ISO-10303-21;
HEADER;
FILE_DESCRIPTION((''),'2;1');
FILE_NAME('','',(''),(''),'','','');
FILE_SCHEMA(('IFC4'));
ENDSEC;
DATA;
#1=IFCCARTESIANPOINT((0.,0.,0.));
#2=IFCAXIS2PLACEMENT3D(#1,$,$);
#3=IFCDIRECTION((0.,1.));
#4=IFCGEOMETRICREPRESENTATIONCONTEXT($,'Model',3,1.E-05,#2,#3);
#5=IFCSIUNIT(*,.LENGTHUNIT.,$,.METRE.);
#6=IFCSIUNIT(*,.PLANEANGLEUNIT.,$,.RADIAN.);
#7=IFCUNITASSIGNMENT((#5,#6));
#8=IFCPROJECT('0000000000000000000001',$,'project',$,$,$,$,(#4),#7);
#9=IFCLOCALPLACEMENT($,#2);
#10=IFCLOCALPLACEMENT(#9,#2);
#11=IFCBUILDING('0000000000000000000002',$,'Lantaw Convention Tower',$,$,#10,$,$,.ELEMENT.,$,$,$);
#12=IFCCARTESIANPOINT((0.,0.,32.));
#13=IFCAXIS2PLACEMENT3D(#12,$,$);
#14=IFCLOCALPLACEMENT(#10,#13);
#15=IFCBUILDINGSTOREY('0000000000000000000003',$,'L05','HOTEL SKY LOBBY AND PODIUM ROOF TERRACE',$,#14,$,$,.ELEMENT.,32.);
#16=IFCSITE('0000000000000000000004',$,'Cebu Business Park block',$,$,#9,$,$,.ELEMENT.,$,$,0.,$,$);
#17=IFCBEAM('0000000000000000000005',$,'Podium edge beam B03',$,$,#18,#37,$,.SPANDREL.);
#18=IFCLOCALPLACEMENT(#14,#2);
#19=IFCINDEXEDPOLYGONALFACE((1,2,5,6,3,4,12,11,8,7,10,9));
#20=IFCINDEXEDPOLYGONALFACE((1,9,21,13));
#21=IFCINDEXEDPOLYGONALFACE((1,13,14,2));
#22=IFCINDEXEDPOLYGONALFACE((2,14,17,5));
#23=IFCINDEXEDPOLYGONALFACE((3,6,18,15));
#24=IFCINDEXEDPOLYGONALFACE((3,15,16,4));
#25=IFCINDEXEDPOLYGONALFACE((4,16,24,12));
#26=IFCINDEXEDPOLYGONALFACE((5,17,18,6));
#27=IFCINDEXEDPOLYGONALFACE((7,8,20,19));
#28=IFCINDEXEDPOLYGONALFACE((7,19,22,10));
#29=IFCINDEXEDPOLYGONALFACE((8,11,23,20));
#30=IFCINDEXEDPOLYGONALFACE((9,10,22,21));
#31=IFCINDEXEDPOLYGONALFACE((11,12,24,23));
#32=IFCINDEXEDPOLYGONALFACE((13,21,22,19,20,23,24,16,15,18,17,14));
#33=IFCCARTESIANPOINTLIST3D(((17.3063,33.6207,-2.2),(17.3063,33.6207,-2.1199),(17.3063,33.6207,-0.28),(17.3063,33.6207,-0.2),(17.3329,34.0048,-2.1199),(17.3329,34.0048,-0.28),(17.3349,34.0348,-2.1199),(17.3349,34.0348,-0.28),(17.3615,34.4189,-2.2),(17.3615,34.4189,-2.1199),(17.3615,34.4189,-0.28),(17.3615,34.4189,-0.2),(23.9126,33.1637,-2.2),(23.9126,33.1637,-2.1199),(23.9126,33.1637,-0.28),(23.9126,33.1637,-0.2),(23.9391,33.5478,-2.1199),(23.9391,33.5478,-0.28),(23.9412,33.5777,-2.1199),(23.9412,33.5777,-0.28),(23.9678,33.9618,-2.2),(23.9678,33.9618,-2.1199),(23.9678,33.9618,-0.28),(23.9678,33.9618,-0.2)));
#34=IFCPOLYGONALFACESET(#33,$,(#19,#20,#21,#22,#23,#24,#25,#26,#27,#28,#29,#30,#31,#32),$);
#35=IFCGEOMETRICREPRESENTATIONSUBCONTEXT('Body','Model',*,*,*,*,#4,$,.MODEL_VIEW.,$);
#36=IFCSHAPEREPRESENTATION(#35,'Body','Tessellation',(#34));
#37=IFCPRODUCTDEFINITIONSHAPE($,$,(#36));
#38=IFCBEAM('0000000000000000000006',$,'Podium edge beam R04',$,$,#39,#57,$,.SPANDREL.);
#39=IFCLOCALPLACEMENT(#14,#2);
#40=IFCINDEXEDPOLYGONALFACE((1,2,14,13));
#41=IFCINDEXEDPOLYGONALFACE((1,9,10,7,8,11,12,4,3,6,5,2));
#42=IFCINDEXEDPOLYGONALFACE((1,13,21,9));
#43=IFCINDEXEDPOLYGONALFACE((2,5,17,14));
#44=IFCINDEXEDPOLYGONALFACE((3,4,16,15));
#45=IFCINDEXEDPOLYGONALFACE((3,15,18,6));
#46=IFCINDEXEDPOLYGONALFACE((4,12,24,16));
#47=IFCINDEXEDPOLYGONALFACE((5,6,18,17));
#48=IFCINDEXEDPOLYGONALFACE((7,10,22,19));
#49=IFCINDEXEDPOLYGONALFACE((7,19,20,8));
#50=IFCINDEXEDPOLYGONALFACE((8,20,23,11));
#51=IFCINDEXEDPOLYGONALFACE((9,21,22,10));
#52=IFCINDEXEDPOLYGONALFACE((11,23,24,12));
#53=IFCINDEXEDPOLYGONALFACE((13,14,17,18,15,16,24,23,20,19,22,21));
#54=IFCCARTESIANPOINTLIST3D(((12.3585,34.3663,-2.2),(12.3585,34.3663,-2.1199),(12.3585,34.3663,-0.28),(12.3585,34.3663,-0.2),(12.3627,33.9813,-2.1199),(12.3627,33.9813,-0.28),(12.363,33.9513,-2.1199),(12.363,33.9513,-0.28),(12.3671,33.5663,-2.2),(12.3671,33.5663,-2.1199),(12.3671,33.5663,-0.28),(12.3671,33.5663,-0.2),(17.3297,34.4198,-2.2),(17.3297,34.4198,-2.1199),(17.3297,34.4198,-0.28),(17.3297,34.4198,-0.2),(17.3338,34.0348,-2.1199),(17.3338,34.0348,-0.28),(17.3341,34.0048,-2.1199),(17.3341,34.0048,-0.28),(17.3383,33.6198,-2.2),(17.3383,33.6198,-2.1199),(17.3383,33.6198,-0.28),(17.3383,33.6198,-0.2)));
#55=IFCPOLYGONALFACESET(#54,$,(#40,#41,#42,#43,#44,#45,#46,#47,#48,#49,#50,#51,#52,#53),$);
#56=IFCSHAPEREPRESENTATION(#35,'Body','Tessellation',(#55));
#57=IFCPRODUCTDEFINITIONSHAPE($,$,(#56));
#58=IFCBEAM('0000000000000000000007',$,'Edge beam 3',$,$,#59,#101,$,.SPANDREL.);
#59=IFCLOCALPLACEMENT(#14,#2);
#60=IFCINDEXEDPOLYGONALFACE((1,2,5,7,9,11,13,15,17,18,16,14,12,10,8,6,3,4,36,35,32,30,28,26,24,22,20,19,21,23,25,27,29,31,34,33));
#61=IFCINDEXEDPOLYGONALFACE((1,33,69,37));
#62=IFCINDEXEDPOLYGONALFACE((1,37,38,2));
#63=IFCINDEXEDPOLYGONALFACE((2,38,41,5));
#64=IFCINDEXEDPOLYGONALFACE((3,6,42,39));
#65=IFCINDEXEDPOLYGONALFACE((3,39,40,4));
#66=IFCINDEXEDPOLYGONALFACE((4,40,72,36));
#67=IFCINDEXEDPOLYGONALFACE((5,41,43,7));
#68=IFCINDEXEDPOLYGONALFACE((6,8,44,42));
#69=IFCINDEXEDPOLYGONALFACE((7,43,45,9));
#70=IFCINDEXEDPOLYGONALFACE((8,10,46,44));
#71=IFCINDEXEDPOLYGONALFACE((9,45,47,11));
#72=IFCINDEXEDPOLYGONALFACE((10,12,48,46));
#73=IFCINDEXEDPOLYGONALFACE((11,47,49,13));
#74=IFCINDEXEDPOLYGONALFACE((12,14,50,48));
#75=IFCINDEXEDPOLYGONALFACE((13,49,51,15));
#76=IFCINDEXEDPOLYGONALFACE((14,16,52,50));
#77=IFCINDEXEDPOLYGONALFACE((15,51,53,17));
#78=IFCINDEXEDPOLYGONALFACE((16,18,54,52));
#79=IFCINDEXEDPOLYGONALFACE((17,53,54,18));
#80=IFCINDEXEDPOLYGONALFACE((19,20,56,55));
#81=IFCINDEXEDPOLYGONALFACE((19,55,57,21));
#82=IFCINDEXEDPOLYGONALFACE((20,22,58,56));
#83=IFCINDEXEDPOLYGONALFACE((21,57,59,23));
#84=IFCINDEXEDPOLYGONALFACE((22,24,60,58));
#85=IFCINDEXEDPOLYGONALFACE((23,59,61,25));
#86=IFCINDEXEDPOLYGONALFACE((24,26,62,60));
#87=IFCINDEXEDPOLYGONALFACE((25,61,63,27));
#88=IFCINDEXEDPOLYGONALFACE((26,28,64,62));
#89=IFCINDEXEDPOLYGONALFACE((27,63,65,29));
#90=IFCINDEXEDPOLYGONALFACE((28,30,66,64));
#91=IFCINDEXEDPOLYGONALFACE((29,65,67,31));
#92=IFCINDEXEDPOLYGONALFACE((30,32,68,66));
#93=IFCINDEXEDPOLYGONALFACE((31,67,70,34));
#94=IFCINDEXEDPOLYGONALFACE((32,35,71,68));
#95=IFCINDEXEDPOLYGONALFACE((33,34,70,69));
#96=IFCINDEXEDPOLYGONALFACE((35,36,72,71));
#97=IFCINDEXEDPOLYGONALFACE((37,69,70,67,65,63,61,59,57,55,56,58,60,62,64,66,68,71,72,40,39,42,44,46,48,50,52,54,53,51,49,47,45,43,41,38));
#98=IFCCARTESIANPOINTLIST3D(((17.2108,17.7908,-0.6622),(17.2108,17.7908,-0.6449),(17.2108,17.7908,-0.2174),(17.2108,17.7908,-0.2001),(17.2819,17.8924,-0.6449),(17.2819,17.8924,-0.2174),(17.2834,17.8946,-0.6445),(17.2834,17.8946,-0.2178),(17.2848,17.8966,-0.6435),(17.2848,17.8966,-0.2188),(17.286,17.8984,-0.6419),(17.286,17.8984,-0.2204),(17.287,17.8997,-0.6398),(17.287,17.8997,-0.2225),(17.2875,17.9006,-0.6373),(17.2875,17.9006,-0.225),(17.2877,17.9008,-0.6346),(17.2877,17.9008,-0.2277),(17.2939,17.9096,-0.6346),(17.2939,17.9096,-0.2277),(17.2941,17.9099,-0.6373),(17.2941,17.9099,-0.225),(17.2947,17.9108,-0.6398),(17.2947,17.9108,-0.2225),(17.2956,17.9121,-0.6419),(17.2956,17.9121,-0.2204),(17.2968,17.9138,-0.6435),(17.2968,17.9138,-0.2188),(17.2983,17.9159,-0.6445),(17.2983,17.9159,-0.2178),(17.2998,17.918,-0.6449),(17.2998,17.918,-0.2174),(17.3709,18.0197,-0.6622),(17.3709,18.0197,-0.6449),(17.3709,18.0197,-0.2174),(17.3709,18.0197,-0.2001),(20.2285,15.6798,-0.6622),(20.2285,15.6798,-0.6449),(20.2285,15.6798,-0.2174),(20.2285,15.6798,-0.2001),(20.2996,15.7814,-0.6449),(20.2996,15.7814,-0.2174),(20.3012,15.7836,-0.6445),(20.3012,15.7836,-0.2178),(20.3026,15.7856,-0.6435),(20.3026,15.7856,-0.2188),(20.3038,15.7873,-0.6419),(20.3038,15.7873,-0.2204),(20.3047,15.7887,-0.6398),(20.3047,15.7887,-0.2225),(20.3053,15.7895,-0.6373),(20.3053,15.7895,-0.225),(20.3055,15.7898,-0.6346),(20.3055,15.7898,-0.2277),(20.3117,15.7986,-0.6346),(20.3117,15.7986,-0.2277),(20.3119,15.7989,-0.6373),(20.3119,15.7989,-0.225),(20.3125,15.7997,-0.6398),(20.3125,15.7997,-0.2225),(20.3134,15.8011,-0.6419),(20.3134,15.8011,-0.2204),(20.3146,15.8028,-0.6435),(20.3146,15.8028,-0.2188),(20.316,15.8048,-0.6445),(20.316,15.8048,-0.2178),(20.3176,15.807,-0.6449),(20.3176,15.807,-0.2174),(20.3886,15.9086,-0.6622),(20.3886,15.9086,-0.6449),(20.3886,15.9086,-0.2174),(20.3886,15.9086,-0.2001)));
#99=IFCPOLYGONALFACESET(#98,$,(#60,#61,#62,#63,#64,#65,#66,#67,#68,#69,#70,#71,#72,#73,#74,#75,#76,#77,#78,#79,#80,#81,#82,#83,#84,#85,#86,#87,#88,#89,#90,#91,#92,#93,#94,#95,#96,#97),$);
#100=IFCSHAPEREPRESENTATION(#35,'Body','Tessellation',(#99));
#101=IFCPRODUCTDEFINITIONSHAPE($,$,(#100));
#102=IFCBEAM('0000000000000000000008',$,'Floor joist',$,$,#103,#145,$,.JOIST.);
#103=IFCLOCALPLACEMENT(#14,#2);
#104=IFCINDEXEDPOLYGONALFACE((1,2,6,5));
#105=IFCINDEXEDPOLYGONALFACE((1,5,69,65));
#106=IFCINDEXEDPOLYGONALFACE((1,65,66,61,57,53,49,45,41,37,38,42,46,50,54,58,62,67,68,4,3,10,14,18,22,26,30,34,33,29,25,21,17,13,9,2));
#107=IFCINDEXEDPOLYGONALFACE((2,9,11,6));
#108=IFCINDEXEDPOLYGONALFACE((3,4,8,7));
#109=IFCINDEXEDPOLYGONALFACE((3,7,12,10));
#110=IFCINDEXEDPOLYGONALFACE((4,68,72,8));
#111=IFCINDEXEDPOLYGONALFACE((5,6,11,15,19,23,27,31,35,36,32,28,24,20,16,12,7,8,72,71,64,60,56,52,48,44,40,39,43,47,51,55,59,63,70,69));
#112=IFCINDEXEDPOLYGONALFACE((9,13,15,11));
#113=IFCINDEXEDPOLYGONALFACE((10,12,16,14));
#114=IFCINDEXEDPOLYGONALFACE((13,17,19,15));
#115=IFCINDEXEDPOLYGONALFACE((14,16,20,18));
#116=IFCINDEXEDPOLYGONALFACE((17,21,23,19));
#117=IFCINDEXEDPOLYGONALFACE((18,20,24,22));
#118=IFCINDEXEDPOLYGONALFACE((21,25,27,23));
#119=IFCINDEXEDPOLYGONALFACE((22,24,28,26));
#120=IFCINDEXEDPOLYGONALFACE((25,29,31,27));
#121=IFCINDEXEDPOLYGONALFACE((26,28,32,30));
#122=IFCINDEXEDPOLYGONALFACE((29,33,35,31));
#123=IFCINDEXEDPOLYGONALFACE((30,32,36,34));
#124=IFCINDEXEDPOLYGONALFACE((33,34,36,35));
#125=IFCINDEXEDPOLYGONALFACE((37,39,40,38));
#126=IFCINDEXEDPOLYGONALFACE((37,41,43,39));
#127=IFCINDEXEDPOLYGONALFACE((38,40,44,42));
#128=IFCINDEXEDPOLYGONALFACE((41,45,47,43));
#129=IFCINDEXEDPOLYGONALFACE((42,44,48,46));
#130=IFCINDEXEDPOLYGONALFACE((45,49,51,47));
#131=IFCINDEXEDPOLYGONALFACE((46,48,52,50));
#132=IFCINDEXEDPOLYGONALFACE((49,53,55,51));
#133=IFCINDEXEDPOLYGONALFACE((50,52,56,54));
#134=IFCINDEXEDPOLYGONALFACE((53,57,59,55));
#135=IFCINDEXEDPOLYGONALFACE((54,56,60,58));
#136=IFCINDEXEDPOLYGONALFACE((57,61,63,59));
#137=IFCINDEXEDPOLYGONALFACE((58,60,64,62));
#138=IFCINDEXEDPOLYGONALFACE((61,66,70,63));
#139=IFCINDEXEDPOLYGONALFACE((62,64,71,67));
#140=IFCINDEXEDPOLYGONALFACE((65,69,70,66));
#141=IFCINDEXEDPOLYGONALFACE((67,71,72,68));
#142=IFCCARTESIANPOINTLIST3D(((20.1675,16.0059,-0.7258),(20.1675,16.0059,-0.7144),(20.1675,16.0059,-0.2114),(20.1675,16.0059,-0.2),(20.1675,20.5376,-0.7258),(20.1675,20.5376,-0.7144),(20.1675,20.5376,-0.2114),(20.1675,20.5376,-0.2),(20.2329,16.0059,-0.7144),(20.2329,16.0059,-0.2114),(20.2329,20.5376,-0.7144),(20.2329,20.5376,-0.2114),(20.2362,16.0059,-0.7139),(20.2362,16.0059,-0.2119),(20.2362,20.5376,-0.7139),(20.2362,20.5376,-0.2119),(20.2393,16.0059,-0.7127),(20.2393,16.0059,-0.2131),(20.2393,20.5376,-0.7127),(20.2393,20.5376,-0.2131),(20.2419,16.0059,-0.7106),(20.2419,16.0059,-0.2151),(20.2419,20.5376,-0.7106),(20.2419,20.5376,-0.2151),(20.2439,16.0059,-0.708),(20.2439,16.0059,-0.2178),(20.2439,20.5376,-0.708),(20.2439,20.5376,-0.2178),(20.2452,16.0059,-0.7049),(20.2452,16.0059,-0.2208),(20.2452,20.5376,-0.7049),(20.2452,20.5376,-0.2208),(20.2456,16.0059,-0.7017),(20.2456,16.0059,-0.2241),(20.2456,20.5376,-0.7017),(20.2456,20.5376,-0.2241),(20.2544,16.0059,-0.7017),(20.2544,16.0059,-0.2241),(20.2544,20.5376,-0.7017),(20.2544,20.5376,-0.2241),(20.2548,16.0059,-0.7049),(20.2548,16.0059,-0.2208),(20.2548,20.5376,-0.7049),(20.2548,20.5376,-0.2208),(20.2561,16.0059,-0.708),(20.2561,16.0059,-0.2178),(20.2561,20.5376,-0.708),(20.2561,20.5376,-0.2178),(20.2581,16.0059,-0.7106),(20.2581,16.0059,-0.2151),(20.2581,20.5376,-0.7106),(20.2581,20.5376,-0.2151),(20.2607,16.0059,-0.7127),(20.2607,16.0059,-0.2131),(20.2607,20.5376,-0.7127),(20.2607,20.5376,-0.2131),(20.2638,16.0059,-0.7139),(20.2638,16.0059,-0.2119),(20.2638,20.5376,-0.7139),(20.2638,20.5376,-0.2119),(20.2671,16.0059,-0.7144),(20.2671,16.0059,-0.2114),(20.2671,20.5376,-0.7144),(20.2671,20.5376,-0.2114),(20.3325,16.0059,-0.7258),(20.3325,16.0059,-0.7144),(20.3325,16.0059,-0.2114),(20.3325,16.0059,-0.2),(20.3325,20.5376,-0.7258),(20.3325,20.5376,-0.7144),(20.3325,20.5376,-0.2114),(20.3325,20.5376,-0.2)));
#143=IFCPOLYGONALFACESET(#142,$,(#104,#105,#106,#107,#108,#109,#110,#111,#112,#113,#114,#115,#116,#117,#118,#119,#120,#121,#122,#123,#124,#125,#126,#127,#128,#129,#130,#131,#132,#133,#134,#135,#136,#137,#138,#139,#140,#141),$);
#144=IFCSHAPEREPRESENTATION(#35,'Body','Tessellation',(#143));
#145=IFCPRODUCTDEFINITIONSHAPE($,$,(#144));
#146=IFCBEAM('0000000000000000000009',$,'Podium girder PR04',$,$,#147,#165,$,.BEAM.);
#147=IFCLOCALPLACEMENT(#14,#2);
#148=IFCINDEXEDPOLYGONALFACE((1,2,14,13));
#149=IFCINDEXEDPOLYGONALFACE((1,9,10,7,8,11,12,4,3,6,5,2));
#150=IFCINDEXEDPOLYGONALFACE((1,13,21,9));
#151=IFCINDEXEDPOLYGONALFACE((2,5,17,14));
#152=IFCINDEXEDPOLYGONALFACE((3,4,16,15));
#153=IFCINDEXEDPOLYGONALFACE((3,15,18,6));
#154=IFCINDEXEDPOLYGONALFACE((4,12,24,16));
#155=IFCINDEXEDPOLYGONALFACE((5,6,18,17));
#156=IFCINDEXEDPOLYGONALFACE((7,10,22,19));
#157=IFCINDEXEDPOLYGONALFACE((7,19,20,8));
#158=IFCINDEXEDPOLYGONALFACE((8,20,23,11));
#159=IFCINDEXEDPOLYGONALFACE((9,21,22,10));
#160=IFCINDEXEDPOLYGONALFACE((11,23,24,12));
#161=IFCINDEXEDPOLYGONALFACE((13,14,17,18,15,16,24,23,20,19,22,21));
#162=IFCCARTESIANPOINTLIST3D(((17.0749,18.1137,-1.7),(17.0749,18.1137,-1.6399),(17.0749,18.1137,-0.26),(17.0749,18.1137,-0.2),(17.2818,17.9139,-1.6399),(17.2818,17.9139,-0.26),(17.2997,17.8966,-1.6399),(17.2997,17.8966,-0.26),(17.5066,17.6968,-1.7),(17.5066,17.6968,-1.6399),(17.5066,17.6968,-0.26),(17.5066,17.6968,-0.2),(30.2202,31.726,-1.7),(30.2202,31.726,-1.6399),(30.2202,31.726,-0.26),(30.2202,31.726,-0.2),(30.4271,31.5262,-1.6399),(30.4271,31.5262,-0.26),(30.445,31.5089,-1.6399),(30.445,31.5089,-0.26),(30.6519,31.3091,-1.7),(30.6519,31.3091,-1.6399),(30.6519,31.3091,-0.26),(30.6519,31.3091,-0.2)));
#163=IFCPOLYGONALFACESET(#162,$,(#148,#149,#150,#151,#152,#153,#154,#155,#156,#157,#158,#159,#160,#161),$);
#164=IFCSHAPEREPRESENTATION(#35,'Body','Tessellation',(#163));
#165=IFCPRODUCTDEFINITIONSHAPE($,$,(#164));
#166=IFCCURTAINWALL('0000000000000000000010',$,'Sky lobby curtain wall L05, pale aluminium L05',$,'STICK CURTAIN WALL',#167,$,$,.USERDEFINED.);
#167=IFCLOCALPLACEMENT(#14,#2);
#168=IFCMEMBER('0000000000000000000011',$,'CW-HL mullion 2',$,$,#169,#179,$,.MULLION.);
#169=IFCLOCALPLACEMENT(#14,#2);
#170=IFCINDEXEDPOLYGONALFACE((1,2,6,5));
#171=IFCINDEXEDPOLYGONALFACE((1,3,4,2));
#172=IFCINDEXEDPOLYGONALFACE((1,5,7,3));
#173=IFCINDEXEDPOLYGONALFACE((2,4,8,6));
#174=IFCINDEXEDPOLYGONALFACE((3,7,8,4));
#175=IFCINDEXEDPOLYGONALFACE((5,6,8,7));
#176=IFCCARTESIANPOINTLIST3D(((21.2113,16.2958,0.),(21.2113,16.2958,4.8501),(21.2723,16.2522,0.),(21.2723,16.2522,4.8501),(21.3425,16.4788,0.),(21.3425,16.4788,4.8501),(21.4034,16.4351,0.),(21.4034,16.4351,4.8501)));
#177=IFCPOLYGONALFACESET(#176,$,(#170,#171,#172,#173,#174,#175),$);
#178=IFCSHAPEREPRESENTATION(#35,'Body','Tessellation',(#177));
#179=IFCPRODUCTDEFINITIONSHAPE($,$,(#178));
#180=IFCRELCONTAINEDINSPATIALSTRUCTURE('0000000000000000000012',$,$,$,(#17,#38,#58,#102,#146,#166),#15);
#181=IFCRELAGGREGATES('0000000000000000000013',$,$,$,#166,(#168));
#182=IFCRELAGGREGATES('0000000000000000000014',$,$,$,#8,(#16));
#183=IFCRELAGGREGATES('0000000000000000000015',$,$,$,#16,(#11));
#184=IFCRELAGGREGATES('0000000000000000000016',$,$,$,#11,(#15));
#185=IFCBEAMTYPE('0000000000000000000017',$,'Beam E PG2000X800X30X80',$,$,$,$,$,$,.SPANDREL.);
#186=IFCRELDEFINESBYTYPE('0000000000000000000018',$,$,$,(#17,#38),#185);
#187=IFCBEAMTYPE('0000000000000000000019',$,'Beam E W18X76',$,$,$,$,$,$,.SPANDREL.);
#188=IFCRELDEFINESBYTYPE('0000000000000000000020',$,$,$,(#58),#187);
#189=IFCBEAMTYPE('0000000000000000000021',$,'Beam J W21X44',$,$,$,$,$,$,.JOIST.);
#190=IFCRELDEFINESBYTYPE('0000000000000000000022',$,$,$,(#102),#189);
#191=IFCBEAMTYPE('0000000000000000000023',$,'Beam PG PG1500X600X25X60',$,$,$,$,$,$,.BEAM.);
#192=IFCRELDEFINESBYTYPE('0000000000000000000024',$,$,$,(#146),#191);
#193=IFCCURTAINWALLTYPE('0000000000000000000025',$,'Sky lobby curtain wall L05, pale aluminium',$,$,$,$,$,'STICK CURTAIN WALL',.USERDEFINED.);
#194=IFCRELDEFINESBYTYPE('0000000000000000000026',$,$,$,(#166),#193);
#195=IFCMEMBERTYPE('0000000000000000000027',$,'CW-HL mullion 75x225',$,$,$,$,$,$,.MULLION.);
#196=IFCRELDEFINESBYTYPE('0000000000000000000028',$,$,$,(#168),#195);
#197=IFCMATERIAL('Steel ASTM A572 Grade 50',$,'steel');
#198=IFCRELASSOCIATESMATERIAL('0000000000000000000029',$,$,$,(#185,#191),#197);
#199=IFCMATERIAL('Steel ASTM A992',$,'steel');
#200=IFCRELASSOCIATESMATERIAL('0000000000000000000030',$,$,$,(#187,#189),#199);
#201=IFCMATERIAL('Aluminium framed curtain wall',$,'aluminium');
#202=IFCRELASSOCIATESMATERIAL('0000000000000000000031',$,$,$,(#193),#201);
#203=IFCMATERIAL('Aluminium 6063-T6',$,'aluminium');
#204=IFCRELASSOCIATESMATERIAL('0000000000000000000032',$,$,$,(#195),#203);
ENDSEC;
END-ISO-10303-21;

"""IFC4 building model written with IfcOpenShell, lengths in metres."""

from ifc_helpers import new_model, si_unit, direction, frame, origin, origin_2d, place, context, subcontext, project, spatial, rectangle, i_section, extrude, material, material_profile, profile_set, type_object, element, aggregate, save


model = new_model("IFC4")

# Units and contexts
model_context = context("Model", 3, precision=1e-05, world=origin(), true_north=direction((0.0, 1.0)))
body_context = subcontext(model_context, "Body", "Model", "MODEL_VIEW")
ifc_project = project(units=[si_unit("LENGTHUNIT", "METRE"), si_unit("PLANEANGLEUNIT", "RADIAN")], contexts=[model_context])

# Site, building, storey
site_placement = place(None, origin())
site = spatial("IfcSite", under=ifc_project, at=site_placement, Name="Cebu Business Park block", CompositionType="ELEMENT", RefElevation=0.0)
building_placement = place(site_placement, origin())
building = spatial("IfcBuilding", under=site, at=building_placement, Name="Lantaw Convention Tower", CompositionType="ELEMENT")
storey_placement = place(building_placement, frame((0.0, 0.0, 32.0)))
storey = spatial("IfcBuildingStorey", under=building, at=storey_placement, Name="L05", Description="HOTEL SKY LOBBY AND PODIUM ROOF TERRACE", CompositionType="ELEMENT", Elevation=32.0)

# Beams
ifc_material_1 = material(Name="Steel ASTM A572 Grade 50", Category="steel")
ifc_material_profile_1 = material_profile(ifc_material_1, i_section(OverallWidth=0.8, OverallDepth=2.0, WebThickness=0.03, FlangeThickness=0.0801, at=origin_2d()), Name="PG2000X800X30X80")
ifc_profile_set_1 = profile_set([ifc_material_profile_1], Name="Steel ASTM A572 Grade 50")
beam_type_1 = type_object("IfcBeamType", Name="Beam E PG2000X800X30X80", PredefinedType="SPANDREL", material=ifc_profile_set_1)
beam_1_placement = place(storey_placement, frame((23.9402, 33.5627, -1.2), z_axis=(-0.997615, 0.069017, 0.0), x_axis=(-0.069017, -0.997615, 0.0)))
element("IfcBeam", 1, at=beam_1_placement, inside=storey, type_object=beam_type_1, Name="Podium edge beam B03", PredefinedType="SPANDREL", context=body_context, shape_type="SweptSolid", body=[
    extrude(i_section(OverallWidth=0.8, OverallDepth=2.0, WebThickness=0.03, FlangeThickness=0.0801, at=origin_2d()), origin(), (0.0, 0.0, 1.0), 6.6221),
])
beam_2_placement = place(storey_placement, frame((17.334, 34.0198, -1.2), z_axis=(-0.999942, -0.010755, 0.0), x_axis=(0.010755, -0.999942, 0.0)))
element("IfcBeam", 2, at=beam_2_placement, inside=storey, type_object=beam_type_1, Name="Podium edge beam R04", PredefinedType="SPANDREL", context=body_context, shape_type="SweptSolid", body=[
    extrude(i_section(OverallWidth=0.8, OverallDepth=2.0, WebThickness=0.03, FlangeThickness=0.0801, at=origin_2d()), origin(), (0.0, 0.0, 1.0), 4.9714),
])
ifc_material_2 = material(Name="Steel ASTM A992", Category="steel")
ifc_material_profile_2 = material_profile(ifc_material_2, i_section(OverallWidth=0.2793, OverallDepth=0.4622, WebThickness=0.0107, FlangeThickness=0.0173, FilletRadius=0.0103, at=origin_2d()), Name="W18X76")
ifc_profile_set_2 = profile_set([ifc_material_profile_2], Name="Steel ASTM A992")
beam_type_2 = type_object("IfcBeamType", Name="Beam E W18X76", PredefinedType="SPANDREL", material=ifc_profile_set_2)
beam_3_placement = place(storey_placement, frame((20.3086, 15.7942, -0.4312), z_axis=(-0.819409, 0.573209, 0.0), x_axis=(-0.573209, -0.819409, 0.0)))
element("IfcBeam", 3, at=beam_3_placement, inside=storey, type_object=beam_type_2, Name="Edge beam 3", PredefinedType="SPANDREL", context=body_context, shape_type="SweptSolid", body=[
    extrude(i_section(OverallWidth=0.2793, OverallDepth=0.4622, WebThickness=0.0107, FlangeThickness=0.0173, FilletRadius=0.0103, at=origin_2d()), origin(), (0.0, 0.0, 1.0), 3.6829),
])
ifc_material_profile_3 = material_profile(ifc_material_2, i_section(OverallWidth=0.165, OverallDepth=0.5259, WebThickness=0.0088, FlangeThickness=0.0115, FilletRadius=0.0127, at=origin_2d()), Name="W21X44")
ifc_profile_set_3 = profile_set([ifc_material_profile_3], Name="Steel ASTM A992")
beam_type_3 = type_object("IfcBeamType", Name="Beam J W21X44", PredefinedType="JOIST", material=ifc_profile_set_3)
beam_4_placement = place(storey_placement, frame((20.25, 16.0059, -0.4629), z_axis=(0.0, 1.0, 0.0), x_axis=(-1.0, 0.0, 0.0)))
element("IfcBeam", 4, at=beam_4_placement, inside=storey, type_object=beam_type_3, Name="Floor joist", PredefinedType="JOIST", context=body_context, shape_type="SweptSolid", body=[
    extrude(i_section(OverallWidth=0.165, OverallDepth=0.5259, WebThickness=0.0088, FlangeThickness=0.0115, FilletRadius=0.0127, at=origin_2d()), origin(), (0.0, 0.0, 1.0), 4.5317),
])
ifc_material_profile_4 = material_profile(ifc_material_1, i_section(OverallWidth=0.6001, OverallDepth=1.5, WebThickness=0.0249, FlangeThickness=0.0601, at=origin_2d()), Name="PG1500X600X25X60")
ifc_profile_set_4 = profile_set([ifc_material_profile_4], Name="Steel ASTM A572 Grade 50")
beam_type_4 = type_object("IfcBeamType", Name="Beam PG PG1500X600X25X60", PredefinedType="BEAM", material=ifc_profile_set_4)
beam_5_placement = place(storey_placement, frame((17.2908, 17.9053, -0.95), z_axis=(0.694659, 0.719339, 0.0), x_axis=(-0.719339, 0.694659, 0.0)))
element("IfcBeam", 5, at=beam_5_placement, inside=storey, type_object=beam_type_4, Name="Podium girder PR04", PredefinedType="BEAM", context=body_context, shape_type="SweptSolid", body=[
    extrude(i_section(OverallWidth=0.6001, OverallDepth=1.5, WebThickness=0.0249, FlangeThickness=0.0601, at=origin_2d()), origin(), (0.0, 0.0, 1.0), 18.9233),
])

# Curtain wall, member
ifc_material_3 = material(Name="Aluminium framed curtain wall", Category="aluminium")
curtain_wall_type = type_object("IfcCurtainWallType", Name="Sky lobby curtain wall L05, pale aluminium", ElementType="STICK CURTAIN WALL", PredefinedType="USERDEFINED", material=ifc_material_3)
curtain_wall_1_placement = place(storey_placement, origin())
curtain_wall_1 = element("IfcCurtainWall", 6, at=curtain_wall_1_placement, inside=storey, type_object=curtain_wall_type, Name="Sky lobby curtain wall L05, pale aluminium L05", ObjectType="STICK CURTAIN WALL", PredefinedType="USERDEFINED")
ifc_material_4 = material(Name="Aluminium 6063-T6", Category="aluminium")
ifc_material_profile_5 = material_profile(ifc_material_4, rectangle(XDim=0.2251, YDim=0.075, at=origin_2d()), Name="CW-HL mullion 75x225")
ifc_profile_set_5 = profile_set([ifc_material_profile_5], Name="Aluminium 6063-T6")
member_type_1 = type_object("IfcMemberType", Name="CW-HL mullion 75x225", PredefinedType="MULLION", material=ifc_profile_set_5)
member_1_placement = place(storey_placement, frame((21.3074, 16.3655, 0.0), z_axis=(0.0, 0.0, 1.0), x_axis=(-0.582538, -0.812804, 0.0)))
member_1 = element("IfcMember", 7, at=member_1_placement, type_object=member_type_1, Name="CW-HL mullion 2", PredefinedType="MULLION", context=body_context, shape_type="SweptSolid", body=[
    extrude(rectangle(XDim=0.2251, YDim=0.075, at=origin_2d()), origin(), (0.0, 0.0, 1.0), 4.8501),
])

aggregate(curtain_wall_1, [member_1])

save(model, "model.ifc")
